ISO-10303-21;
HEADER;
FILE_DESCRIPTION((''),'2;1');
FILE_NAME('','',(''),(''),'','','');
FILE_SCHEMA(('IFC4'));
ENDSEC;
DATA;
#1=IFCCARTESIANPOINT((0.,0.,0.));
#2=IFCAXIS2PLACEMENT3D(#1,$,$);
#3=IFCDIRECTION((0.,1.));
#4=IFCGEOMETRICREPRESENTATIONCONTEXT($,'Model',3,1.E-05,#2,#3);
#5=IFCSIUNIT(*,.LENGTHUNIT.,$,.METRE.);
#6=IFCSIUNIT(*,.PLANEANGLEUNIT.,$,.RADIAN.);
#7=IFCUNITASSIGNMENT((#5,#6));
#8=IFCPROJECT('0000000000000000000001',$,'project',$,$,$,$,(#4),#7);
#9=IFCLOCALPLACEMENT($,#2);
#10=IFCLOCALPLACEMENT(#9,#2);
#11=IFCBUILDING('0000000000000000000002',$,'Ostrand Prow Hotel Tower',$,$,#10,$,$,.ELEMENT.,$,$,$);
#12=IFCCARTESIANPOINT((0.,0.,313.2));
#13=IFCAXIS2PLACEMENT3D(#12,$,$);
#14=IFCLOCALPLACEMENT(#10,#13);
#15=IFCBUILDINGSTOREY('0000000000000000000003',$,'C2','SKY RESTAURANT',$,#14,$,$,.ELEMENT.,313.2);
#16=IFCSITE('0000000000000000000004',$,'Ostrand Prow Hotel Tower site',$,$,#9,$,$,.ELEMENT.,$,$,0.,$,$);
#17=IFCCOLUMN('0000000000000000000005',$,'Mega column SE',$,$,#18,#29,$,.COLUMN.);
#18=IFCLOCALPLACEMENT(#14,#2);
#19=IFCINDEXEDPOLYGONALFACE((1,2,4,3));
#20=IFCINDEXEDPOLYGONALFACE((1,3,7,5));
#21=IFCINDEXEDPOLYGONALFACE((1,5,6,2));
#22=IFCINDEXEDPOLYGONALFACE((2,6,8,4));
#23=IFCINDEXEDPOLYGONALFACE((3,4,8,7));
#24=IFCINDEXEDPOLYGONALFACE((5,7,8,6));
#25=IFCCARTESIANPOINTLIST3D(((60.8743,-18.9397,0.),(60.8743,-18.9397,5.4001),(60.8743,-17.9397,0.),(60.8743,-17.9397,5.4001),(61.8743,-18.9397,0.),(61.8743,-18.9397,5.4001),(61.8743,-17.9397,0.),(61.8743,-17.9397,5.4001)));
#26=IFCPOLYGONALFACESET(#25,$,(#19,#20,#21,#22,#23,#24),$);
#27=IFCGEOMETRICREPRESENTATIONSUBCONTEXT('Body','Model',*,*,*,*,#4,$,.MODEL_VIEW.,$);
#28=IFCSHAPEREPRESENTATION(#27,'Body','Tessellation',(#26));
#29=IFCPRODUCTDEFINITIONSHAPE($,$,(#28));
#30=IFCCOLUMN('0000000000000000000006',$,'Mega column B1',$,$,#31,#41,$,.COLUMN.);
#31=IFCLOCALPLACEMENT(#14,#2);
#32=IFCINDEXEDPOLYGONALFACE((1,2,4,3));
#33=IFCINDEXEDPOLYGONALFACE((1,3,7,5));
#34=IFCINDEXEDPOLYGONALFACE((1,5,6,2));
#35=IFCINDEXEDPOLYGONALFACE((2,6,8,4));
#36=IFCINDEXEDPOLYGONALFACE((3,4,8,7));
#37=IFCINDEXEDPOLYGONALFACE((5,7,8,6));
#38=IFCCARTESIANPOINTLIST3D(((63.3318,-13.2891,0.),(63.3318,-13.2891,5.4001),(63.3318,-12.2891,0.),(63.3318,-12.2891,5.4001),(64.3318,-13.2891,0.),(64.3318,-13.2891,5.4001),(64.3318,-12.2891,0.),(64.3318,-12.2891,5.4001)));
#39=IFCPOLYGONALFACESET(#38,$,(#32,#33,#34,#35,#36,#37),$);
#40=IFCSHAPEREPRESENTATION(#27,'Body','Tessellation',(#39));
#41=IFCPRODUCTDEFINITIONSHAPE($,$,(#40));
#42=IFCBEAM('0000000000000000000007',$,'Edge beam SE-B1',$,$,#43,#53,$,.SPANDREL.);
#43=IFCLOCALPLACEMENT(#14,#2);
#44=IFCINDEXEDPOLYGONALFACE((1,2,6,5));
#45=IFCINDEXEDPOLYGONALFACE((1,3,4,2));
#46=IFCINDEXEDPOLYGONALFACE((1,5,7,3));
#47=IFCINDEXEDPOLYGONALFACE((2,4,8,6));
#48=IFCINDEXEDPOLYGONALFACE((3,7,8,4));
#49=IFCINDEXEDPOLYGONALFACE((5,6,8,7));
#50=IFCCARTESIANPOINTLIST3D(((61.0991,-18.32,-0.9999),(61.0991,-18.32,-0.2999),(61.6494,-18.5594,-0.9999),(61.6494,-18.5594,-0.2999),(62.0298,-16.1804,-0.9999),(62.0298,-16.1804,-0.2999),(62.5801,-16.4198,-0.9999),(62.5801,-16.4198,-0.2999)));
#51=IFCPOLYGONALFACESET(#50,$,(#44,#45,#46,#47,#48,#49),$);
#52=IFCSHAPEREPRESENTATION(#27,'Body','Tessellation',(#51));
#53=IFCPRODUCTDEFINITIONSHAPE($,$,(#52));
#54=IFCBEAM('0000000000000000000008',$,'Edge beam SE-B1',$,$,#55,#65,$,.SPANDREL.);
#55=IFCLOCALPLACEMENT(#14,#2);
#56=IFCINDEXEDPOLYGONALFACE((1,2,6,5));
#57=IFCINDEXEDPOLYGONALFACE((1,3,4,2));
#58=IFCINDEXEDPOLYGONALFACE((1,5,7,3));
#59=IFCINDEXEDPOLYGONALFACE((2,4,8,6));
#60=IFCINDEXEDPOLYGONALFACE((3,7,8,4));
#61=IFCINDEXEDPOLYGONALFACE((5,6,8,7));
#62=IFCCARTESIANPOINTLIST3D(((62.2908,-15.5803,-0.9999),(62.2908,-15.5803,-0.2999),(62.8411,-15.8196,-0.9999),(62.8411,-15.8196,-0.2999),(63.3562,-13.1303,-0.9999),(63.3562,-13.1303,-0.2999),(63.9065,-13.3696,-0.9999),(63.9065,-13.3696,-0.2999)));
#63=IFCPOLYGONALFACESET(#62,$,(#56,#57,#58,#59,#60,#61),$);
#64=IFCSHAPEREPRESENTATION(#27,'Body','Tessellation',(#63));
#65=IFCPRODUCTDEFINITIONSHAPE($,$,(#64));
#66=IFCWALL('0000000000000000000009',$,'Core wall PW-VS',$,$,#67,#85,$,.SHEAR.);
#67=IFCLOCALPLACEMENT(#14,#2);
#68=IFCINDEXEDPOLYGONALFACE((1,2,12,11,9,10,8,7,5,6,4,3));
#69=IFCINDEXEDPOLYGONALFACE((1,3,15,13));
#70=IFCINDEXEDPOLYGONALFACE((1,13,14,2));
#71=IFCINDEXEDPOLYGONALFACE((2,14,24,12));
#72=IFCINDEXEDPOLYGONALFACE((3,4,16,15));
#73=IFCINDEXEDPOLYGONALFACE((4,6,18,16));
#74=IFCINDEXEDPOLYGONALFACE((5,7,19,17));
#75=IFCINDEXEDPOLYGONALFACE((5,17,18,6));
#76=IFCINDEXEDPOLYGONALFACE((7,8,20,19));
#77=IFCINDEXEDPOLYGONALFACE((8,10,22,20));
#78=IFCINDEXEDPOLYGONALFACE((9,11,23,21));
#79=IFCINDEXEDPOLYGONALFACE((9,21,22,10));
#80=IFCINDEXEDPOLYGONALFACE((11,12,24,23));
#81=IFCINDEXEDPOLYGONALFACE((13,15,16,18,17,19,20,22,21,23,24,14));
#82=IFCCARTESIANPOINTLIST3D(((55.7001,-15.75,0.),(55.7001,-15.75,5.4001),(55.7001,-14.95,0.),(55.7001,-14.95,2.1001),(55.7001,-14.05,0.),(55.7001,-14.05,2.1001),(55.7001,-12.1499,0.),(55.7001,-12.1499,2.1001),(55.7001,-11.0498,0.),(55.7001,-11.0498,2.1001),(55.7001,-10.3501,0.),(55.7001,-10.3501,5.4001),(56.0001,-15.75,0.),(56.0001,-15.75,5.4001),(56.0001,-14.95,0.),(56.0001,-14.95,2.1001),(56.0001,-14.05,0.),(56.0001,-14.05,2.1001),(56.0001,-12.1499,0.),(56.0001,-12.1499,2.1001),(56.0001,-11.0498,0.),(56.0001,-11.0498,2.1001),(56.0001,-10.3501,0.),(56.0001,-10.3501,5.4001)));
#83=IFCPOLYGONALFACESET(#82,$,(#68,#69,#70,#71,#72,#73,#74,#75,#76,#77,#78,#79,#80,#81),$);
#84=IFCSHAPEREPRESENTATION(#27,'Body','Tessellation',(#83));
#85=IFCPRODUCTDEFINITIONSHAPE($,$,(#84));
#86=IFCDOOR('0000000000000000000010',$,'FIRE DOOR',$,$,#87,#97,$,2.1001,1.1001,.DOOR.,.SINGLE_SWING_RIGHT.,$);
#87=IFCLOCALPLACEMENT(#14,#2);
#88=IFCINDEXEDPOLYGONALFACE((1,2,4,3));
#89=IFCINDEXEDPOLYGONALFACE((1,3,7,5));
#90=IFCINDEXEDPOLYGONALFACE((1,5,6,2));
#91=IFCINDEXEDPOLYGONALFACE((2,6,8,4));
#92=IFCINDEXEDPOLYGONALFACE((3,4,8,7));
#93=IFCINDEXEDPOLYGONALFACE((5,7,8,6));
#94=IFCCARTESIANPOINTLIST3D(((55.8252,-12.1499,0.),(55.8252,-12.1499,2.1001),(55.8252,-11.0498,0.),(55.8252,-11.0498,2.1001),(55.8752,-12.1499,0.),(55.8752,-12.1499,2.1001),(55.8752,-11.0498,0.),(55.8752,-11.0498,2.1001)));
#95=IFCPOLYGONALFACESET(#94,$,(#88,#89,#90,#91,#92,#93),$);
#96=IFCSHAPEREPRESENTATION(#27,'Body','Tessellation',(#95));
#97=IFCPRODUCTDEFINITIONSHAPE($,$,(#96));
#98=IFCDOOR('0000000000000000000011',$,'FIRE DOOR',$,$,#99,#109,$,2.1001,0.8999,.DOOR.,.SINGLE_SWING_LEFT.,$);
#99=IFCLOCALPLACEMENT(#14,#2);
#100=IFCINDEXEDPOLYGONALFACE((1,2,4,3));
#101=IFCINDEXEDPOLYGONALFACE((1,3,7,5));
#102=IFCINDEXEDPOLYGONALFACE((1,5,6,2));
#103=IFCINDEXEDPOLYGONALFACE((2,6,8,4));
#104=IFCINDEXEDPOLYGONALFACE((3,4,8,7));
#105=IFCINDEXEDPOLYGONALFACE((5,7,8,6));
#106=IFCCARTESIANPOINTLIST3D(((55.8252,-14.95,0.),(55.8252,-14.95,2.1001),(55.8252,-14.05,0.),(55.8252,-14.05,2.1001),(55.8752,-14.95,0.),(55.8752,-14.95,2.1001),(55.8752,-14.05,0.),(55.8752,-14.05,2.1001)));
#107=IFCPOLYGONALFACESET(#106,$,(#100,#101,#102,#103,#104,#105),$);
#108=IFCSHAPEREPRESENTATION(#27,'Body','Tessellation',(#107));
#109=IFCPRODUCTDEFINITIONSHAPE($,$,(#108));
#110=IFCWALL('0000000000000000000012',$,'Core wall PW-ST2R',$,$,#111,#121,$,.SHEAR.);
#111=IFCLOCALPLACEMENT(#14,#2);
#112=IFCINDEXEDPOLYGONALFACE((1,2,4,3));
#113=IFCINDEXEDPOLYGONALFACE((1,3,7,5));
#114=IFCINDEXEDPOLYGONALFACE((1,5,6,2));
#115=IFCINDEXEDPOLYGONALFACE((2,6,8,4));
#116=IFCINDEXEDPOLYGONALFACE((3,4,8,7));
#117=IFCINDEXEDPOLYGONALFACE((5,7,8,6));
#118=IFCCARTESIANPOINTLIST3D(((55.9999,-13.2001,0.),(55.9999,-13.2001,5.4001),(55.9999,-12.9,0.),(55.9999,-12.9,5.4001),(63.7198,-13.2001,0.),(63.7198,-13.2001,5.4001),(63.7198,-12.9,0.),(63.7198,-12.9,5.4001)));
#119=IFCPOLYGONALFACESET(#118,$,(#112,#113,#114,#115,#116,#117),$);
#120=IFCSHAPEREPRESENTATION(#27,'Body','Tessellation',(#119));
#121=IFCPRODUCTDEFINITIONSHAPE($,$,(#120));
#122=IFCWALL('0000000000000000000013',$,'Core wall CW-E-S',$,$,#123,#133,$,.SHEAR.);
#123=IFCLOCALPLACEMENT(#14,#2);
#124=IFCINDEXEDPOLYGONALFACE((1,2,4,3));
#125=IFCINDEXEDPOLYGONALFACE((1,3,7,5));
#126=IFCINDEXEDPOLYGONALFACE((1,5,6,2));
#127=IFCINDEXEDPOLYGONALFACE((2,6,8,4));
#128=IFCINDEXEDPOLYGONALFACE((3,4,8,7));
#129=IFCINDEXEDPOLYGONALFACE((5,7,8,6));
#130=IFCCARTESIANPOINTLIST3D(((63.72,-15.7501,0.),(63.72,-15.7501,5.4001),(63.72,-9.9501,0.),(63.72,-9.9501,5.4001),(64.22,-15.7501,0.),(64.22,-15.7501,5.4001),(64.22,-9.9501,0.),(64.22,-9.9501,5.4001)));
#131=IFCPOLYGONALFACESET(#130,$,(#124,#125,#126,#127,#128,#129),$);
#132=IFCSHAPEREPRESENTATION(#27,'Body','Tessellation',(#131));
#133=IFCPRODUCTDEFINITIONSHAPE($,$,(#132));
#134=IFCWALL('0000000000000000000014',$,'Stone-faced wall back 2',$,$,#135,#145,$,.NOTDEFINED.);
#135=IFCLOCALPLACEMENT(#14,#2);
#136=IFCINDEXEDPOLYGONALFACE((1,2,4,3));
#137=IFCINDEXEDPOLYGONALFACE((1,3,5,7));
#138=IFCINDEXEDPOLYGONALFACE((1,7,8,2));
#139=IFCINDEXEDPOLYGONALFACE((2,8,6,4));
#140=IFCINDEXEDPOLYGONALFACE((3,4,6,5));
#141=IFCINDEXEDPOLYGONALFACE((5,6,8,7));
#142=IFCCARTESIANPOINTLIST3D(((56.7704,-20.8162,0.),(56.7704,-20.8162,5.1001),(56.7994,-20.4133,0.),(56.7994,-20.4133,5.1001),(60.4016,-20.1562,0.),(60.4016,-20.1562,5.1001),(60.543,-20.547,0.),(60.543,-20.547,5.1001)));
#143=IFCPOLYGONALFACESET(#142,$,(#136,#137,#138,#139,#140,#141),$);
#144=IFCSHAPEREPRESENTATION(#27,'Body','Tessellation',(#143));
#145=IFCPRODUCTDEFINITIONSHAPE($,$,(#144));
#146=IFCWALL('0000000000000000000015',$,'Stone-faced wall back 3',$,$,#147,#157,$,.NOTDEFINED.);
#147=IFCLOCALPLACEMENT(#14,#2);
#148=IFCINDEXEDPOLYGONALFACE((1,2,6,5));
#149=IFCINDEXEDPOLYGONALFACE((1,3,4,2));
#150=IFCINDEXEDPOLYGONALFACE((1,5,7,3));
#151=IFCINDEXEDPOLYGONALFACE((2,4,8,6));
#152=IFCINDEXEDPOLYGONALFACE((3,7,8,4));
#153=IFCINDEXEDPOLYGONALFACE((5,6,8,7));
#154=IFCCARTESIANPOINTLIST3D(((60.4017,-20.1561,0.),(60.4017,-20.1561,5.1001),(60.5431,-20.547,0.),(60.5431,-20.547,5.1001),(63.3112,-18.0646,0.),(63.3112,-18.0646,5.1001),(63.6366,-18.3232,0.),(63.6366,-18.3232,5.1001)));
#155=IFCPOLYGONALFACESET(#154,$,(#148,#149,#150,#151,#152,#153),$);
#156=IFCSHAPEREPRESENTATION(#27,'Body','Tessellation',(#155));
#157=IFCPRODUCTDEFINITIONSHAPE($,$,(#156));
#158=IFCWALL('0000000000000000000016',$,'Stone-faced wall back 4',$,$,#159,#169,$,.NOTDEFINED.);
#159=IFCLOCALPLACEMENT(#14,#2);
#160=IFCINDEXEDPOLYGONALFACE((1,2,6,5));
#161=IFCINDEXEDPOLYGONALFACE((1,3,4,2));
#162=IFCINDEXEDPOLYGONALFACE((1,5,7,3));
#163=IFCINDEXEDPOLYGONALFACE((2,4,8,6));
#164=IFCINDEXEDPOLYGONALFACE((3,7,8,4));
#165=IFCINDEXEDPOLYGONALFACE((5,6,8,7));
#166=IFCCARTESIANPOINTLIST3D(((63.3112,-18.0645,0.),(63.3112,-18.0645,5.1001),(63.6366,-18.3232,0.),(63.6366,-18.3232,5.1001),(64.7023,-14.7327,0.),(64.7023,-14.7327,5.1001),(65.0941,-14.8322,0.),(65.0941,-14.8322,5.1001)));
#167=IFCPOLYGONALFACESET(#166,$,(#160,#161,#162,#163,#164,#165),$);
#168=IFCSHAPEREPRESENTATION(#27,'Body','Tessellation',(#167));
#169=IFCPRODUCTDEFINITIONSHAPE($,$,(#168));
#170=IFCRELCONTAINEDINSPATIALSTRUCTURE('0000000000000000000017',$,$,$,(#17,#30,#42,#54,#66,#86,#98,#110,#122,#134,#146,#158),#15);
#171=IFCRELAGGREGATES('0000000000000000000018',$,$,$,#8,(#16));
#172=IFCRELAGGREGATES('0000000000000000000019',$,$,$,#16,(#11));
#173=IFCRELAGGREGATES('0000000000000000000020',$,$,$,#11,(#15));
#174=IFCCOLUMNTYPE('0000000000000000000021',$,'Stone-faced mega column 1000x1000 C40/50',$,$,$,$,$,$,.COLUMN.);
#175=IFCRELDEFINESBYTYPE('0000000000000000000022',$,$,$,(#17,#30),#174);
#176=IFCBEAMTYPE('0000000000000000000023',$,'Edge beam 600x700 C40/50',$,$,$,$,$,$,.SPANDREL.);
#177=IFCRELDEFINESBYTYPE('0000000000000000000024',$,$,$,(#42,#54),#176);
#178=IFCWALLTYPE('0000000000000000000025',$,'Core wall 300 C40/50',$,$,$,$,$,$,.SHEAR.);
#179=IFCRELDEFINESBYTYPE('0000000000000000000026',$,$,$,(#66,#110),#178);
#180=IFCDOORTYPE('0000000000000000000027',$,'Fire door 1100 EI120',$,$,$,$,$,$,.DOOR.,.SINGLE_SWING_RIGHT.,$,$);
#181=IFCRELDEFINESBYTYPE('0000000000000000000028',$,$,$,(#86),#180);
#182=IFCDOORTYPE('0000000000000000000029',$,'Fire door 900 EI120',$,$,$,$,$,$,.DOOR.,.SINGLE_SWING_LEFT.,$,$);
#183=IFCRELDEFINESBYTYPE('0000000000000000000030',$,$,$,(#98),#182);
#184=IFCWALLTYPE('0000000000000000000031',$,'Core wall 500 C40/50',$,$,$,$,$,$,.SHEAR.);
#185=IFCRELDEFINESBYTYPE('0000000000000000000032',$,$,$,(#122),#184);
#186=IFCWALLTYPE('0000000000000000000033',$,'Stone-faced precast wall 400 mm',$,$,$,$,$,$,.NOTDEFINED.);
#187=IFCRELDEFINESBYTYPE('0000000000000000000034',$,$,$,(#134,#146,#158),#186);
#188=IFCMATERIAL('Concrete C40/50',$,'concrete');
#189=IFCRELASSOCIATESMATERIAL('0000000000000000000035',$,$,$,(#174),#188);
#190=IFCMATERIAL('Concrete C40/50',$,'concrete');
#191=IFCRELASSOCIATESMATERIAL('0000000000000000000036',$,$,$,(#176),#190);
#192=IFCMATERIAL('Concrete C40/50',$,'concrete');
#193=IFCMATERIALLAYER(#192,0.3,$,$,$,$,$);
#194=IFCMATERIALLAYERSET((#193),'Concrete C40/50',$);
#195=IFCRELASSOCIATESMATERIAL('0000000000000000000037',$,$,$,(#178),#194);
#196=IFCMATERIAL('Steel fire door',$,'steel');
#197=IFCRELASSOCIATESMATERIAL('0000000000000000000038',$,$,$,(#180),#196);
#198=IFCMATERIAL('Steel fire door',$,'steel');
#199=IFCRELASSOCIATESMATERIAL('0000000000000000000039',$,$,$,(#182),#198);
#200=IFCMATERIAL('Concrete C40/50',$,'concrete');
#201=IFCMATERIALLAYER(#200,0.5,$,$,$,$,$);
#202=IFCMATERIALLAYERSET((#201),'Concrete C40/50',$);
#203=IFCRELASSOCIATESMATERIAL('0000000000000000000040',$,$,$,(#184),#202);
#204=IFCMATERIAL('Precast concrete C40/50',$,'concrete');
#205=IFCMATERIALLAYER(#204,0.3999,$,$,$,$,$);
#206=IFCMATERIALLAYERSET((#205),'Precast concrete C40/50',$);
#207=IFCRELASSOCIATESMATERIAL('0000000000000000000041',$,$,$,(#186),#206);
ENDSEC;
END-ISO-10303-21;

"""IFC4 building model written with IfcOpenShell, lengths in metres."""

from ifc_helpers import new_model, si_unit, direction, frame, frame_2d, origin, origin_2d, place, context, subcontext, project, spatial, polyline, rectangle, outline, extrude, material, layer, layer_set, material_profile, profile_set, type_object, element, fill, save


model = new_model("IFC4")

# Units and contexts
model_context = context("Model", 3, precision=1e-05, world=origin(), true_north=direction((0.0, 1.0)))
body_context = subcontext(model_context, "Body", "Model", "MODEL_VIEW")
ifc_project = project(units=[si_unit("LENGTHUNIT", "METRE"), si_unit("PLANEANGLEUNIT", "RADIAN")], contexts=[model_context])

# Site, building, storey
site_placement = place(None, origin())
site = spatial("IfcSite", under=ifc_project, at=site_placement, Name="Ostrand Prow Hotel Tower site", CompositionType="ELEMENT", RefElevation=0.0)
building_placement = place(site_placement, origin())
building = spatial("IfcBuilding", under=site, at=building_placement, Name="Ostrand Prow Hotel Tower", CompositionType="ELEMENT")
storey_placement = place(building_placement, frame((0.0, 0.0, 313.2)))
storey = spatial("IfcBuildingStorey", under=building, at=storey_placement, Name="C2", Description="SKY RESTAURANT", CompositionType="ELEMENT", Elevation=313.2)

# Columns
ifc_material_1 = material(Name="Concrete C40/50", Category="concrete")
ifc_material_profile_1 = material_profile(ifc_material_1, rectangle(XDim=1.0, YDim=1.0, at=origin_2d()), Name="RC 1000x1000")
ifc_profile_set_1 = profile_set([ifc_material_profile_1], Name="Concrete C40/50")
column_type = type_object("IfcColumnType", Name="Stone-faced mega column 1000x1000 C40/50", PredefinedType="COLUMN", material=ifc_profile_set_1)
for number, where, z_axis, x_axis, name in (
    (1, (61.3743, -18.4397, 0.0), (0.0, 0.0, 1.0), (1.0, 0.0, 0.0), "Mega column SE"),
    (2, (63.8318, -12.7891, 0.0), (0.0, 0.0, 1.0), (1.0, 0.0, 0.0), "Mega column B1"),
):
    element("IfcColumn", number, at=place(storey_placement, frame(where, z_axis=z_axis, x_axis=x_axis)), inside=storey, type_object=column_type, Name=name, PredefinedType="COLUMN", context=body_context, shape_type="SweptSolid", body=[
        extrude(rectangle(XDim=1.0, YDim=1.0, at=origin_2d()), origin(), (0.0, 0.0, 1.0), 5.4001),
    ])

# Beams
ifc_material_2 = material(Name="Concrete C40/50", Category="concrete")
ifc_material_profile_2 = material_profile(ifc_material_2, rectangle(XDim=0.6001, YDim=0.7, at=origin_2d()), Name="RC 600x700")
ifc_profile_set_2 = profile_set([ifc_material_profile_2], Name="Concrete C40/50")
beam_type = type_object("IfcBeamType", Name="Edge beam 600x700 C40/50", PredefinedType="SPANDREL", material=ifc_profile_set_2)
beam_1_placement = place(storey_placement, frame((61.3743, -18.4397, -0.6499), z_axis=(0.398864, 0.91701, 0.0), x_axis=(-0.91701, 0.398864, 0.0)))
element("IfcBeam", 3, at=beam_1_placement, inside=storey, type_object=beam_type, Name="Edge beam SE-B1", PredefinedType="SPANDREL", context=body_context, shape_type="SweptSolid", body=[
    extrude(rectangle(XDim=0.6001, YDim=0.7, at=origin_2d()), origin(), (0.0, 0.0, 1.0), 2.3333),
])
beam_2_placement = place(storey_placement, frame((62.5659, -15.7, -0.6499), z_axis=(0.3988, 0.917038, 0.0), x_axis=(-0.917038, 0.3988, 0.0)))
element("IfcBeam", 4, at=beam_2_placement, inside=storey, type_object=beam_type, Name="Edge beam SE-B1", PredefinedType="SPANDREL", context=body_context, shape_type="SweptSolid", body=[
    extrude(rectangle(XDim=0.6001, YDim=0.7, at=origin_2d()), origin(), (0.0, 0.0, 1.0), 2.6716),
])

# Wall, openings, doors
ifc_material_3 = material(Name="Concrete C40/50", Category="concrete")
ifc_layer_1 = layer(ifc_material_3, 0.3)
ifc_layer_set_1 = layer_set([ifc_layer_1], Name="Concrete C40/50")
wall_type_1 = type_object("IfcWallType", Name="Core wall 300 C40/50", PredefinedType="SHEAR", material=ifc_layer_set_1)
wall_1_placement = place(storey_placement, frame((55.8501, -15.75, 0.0), z_axis=(0.0, 0.0, 1.0), x_axis=(0.0, 1.0, 0.0)))
wall_1 = element("IfcWall", 5, at=wall_1_placement, inside=storey, type_object=wall_type_1, Name="Core wall PW-VS", PredefinedType="SHEAR", context=body_context, shape_type="SweptSolid", body=[
    extrude(rectangle(XDim=5.3999, YDim=0.3, at=frame_2d((2.7, 0.0))), origin(), (0.0, 0.0, 1.0), 5.4001),
])
opening_1_placement = place(wall_1_placement, frame((3.6001, 0.0, 0.0)))
opening_1 = element("IfcOpeningElement", 6, at=opening_1_placement, cuts=wall_1, PredefinedType="OPENING", context=body_context, shape_type="SweptSolid", body=[
    extrude(rectangle(XDim=1.1001, YDim=2.1001, at=frame_2d((0.55, 1.05))), frame((0.0, 0.1599, 0.0), z_axis=(0.0, -1.0, 0.0), x_axis=(1.0, 0.0, 0.0)), (0.0, 0.0, 1.0), 0.3201),
])
opening_2_placement = place(wall_1_placement, frame((0.8, 0.0, 0.0)))
opening_2 = element("IfcOpeningElement", 7, at=opening_2_placement, cuts=wall_1, PredefinedType="OPENING", context=body_context, shape_type="SweptSolid", body=[
    extrude(rectangle(XDim=0.8999, YDim=2.1001, at=frame_2d((0.45, 1.05))), frame((0.0, 0.1599, 0.0), z_axis=(0.0, -1.0, 0.0), x_axis=(1.0, 0.0, 0.0)), (0.0, 0.0, 1.0), 0.3201),
])
ifc_material_4 = material(Name="Steel fire door", Category="steel")
door_type_1 = type_object("IfcDoorType", Name="Fire door 1100 EI120", OperationType="SINGLE_SWING_RIGHT", PredefinedType="DOOR", material=ifc_material_4)
door_1_placement = place(opening_1_placement, origin())
door_1 = element("IfcDoor", 8, at=door_1_placement, inside=storey, type_object=door_type_1, Name="FIRE DOOR", OperationType="SINGLE_SWING_RIGHT", OverallHeight=2.1001, OverallWidth=1.1001, PredefinedType="DOOR", context=body_context, shape_type="SweptSolid", body=[
    extrude(rectangle(XDim=1.1001, YDim=2.1001, at=frame_2d((0.55, 1.05))), frame((0.0, 0.0249, 0.0), z_axis=(0.0, -1.0, 0.0), x_axis=(1.0, 0.0, 0.0)), (0.0, 0.0, 1.0), 0.05),
])
fill(opening_1, door_1)
ifc_material_5 = material(Name="Steel fire door", Category="steel")
door_type_2 = type_object("IfcDoorType", Name="Fire door 900 EI120", OperationType="SINGLE_SWING_LEFT", PredefinedType="DOOR", material=ifc_material_5)
door_2_placement = place(opening_2_placement, origin())
door_2 = element("IfcDoor", 9, at=door_2_placement, inside=storey, type_object=door_type_2, Name="FIRE DOOR", OperationType="SINGLE_SWING_LEFT", OverallHeight=2.1001, OverallWidth=0.8999, PredefinedType="DOOR", context=body_context, shape_type="SweptSolid", body=[
    extrude(rectangle(XDim=0.8999, YDim=2.1001, at=frame_2d((0.45, 1.05))), frame((0.0, 0.0249, 0.0), z_axis=(0.0, -1.0, 0.0), x_axis=(1.0, 0.0, 0.0)), (0.0, 0.0, 1.0), 0.05),
])
fill(opening_2, door_2)

# Walls
wall_2_placement = place(storey_placement, frame((56.0, -13.05, 0.0), z_axis=(0.0, 0.0, 1.0), x_axis=(1.0, 0.0, 0.0)))
element("IfcWall", 10, at=wall_2_placement, inside=storey, type_object=wall_type_1, Name="Core wall PW-ST2R", PredefinedType="SHEAR", context=body_context, shape_type="SweptSolid", body=[
    extrude(rectangle(XDim=7.72, YDim=0.3, at=frame_2d((3.8599, 0.0))), origin(), (0.0, 0.0, 1.0), 5.4001),
])
ifc_material_6 = material(Name="Concrete C40/50", Category="concrete")
ifc_layer_2 = layer(ifc_material_6, 0.5)
ifc_layer_set_2 = layer_set([ifc_layer_2], Name="Concrete C40/50")
wall_type_2 = type_object("IfcWallType", Name="Core wall 500 C40/50", PredefinedType="SHEAR", material=ifc_layer_set_2)
wall_3_placement = place(storey_placement, frame((63.97, -15.75, 0.0), z_axis=(0.0, 0.0, 1.0), x_axis=(0.0, 1.0, 0.0)))
element("IfcWall", 11, at=wall_3_placement, inside=storey, type_object=wall_type_2, Name="Core wall CW-E-S", PredefinedType="SHEAR", context=body_context, shape_type="SweptSolid", body=[
    extrude(rectangle(XDim=5.8, YDim=0.5, at=frame_2d((2.8999, 0.0))), origin(), (0.0, 0.0, 1.0), 5.4001),
])
ifc_material_7 = material(Name="Precast concrete C40/50", Category="concrete")
ifc_layer_3 = layer(ifc_material_7, 0.3999)
ifc_layer_set_3 = layer_set([ifc_layer_3], Name="Precast concrete C40/50")
wall_type_3 = type_object("IfcWallType", Name="Stone-faced precast wall 400 mm", PredefinedType="NOTDEFINED", material=ifc_layer_set_3)
wall_4_placement = place(storey_placement, frame((56.7849, -20.6147, 0.0), z_axis=(0.0, 0.0, 1.0), x_axis=(0.997463, 0.071191, 0.0)))
element("IfcWall", 12, at=wall_4_placement, inside=storey, type_object=wall_type_3, Name="Stone-faced wall back 2", PredefinedType="NOTDEFINED", context=body_context, shape_type="SweptSolid", body=[
    extrude(outline(polyline([(-0.0288, -0.2), (3.7534, -0.2), (3.6401, 0.2), (0.0288, 0.2), (-0.0288, -0.2)])), origin(), (0.0, 0.0, 1.0), 5.1001),
])
wall_5_placement = place(storey_placement, frame((60.4724, -20.3516, 0.0), z_axis=(0.0, 0.0, 1.0), x_axis=(0.811963, 0.58371, 0.0)))
element("IfcWall", 13, at=wall_5_placement, inside=storey, type_object=wall_type_3, Name="Stone-faced wall back 3", PredefinedType="NOTDEFINED", context=body_context, shape_type="SweptSolid", body=[
    extrude(outline(polyline([(-0.0566, -0.2), (3.7532, -0.2), (3.6399, 0.2), (0.0566, 0.2), (-0.0566, -0.2)])), origin(), (0.0, 0.0, 1.0), 5.1001),
])
wall_6_placement = place(storey_placement, frame((63.4739, -18.1938, 0.0), z_axis=(0.0, 0.0, 1.0), x_axis=(0.385286, 0.922797, 0.0)))
element("IfcWall", 14, at=wall_6_placement, inside=storey, type_object=wall_type_3, Name="Stone-faced wall back 4", PredefinedType="NOTDEFINED", context=body_context, shape_type="SweptSolid", body=[
    extrude(outline(polyline([(-0.0566, -0.2), (3.7263, -0.2), (3.6672, 0.2), (0.0566, 0.2), (-0.0566, -0.2)])), origin(), (0.0, 0.0, 1.0), 5.1001),
])

save(model, "model.ifc")
